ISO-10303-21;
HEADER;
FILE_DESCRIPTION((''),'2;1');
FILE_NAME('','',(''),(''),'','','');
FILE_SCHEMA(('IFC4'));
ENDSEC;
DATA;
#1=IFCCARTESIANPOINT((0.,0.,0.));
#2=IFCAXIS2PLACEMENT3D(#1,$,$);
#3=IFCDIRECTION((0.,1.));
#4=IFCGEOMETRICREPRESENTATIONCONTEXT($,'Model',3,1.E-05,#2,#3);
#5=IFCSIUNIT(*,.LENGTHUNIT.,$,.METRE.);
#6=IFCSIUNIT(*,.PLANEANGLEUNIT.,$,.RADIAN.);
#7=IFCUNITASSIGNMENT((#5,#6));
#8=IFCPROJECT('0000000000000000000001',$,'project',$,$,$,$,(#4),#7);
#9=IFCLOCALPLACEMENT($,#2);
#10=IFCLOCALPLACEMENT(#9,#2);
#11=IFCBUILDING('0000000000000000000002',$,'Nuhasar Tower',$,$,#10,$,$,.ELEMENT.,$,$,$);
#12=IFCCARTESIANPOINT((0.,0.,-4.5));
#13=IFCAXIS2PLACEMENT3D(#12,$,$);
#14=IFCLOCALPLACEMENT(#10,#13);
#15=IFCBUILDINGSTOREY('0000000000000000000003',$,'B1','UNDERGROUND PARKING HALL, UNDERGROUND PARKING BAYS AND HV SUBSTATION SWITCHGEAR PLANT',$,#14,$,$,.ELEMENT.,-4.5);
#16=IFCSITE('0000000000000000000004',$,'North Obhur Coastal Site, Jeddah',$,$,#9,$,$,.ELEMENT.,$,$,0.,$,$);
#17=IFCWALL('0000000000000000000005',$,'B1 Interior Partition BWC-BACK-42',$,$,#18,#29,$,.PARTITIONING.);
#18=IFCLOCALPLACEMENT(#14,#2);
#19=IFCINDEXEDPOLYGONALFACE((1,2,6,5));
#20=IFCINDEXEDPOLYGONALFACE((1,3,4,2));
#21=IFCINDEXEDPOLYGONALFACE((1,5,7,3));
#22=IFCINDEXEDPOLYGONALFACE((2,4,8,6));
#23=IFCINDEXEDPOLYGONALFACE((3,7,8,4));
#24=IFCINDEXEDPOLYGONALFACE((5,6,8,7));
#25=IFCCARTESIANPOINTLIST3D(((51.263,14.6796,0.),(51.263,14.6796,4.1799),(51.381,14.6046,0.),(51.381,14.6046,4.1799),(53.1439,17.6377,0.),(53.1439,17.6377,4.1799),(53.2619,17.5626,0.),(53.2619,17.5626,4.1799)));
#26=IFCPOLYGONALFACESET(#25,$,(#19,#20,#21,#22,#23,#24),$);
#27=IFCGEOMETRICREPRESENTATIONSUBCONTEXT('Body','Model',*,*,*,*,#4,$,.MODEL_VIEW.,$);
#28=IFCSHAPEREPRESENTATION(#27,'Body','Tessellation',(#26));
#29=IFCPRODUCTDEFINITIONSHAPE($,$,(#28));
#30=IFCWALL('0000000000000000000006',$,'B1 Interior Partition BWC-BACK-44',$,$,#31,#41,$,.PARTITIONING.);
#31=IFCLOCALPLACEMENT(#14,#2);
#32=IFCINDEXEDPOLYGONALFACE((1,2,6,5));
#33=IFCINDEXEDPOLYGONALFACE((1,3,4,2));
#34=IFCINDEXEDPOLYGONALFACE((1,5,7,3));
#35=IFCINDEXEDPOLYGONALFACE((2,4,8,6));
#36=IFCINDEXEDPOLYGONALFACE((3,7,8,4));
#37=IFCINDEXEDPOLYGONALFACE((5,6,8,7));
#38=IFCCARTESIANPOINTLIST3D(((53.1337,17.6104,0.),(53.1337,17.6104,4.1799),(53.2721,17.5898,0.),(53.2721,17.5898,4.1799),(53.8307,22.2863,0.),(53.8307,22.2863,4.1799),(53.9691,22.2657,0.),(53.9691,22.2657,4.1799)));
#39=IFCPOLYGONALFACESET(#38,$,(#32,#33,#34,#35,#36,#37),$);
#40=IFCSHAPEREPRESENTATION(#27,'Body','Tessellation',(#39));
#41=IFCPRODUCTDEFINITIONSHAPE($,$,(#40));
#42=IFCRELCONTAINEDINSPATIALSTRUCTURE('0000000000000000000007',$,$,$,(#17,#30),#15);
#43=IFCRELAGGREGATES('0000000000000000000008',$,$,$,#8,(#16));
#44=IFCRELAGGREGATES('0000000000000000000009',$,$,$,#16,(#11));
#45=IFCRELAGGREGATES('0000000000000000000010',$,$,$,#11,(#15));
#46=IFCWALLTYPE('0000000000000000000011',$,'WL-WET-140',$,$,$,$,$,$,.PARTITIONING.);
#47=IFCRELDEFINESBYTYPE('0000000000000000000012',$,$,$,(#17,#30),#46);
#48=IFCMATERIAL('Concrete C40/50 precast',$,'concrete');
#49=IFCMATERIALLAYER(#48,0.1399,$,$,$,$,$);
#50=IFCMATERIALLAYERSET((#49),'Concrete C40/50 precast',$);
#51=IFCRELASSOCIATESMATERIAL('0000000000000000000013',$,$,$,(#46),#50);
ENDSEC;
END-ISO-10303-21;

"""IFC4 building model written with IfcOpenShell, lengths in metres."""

from ifc_helpers import new_model, si_unit, direction, frame, frame_2d, origin, place, context, subcontext, project, spatial, rectangle, extrude, material, layer, layer_set, type_object, element, save


model = new_model("IFC4")

# Units and contexts
model_context = context("Model", 3, precision=1e-05, world=origin(), true_north=direction((0.0, 1.0)))
body_context = subcontext(model_context, "Body", "Model", "MODEL_VIEW")
ifc_project = project(units=[si_unit("LENGTHUNIT", "METRE"), si_unit("PLANEANGLEUNIT", "RADIAN")], contexts=[model_context])

# Site, building, storey
site_placement = place(None, origin())
site = spatial("IfcSite", under=ifc_project, at=site_placement, Name="North Obhur Coastal Site, Jeddah", CompositionType="ELEMENT", RefElevation=0.0)
building_placement = place(site_placement, origin())
building = spatial("IfcBuilding", under=site, at=building_placement, Name="Nuhasar Tower", CompositionType="ELEMENT")
storey_placement = place(building_placement, frame((0.0, 0.0, -4.5)))
storey = spatial("IfcBuildingStorey", under=building, at=storey_placement, Name="B1", Description="UNDERGROUND PARKING HALL, UNDERGROUND PARKING BAYS AND HV SUBSTATION SWITCHGEAR PLANT", CompositionType="ELEMENT", Elevation=-4.5)

# Walls
ifc_material_1 = material(Name="Concrete C40/50 precast", Category="concrete")
ifc_layer_1 = layer(ifc_material_1, 0.1399)
ifc_layer_set_1 = layer_set([ifc_layer_1], Name="Concrete C40/50 precast")
wall_type_1 = type_object("IfcWallType", Name="WL-WET-140", PredefinedType="PARTITIONING", material=ifc_layer_set_1)
wall_1_placement = place(storey_placement, frame((51.322, 14.6421, 0.0), z_axis=(0.0, 0.0, 1.0), x_axis=(0.536569, 0.843856, 0.0)))
element("IfcWall", 1, at=wall_1_placement, inside=storey, type_object=wall_type_1, Name="B1 Interior Partition BWC-BACK-42", PredefinedType="PARTITIONING", context=body_context, shape_type="SweptSolid", body=[
    extrude(rectangle(XDim=3.5054, YDim=0.1399, at=frame_2d((1.7527, 0.0))), origin(), (0.0, 0.0, 1.0), 4.1799),
])
wall_2_placement = place(storey_placement, frame((53.2029, 17.6001, 0.0), z_axis=(0.0, 0.0, 1.0), x_axis=(0.147441, 0.989071, 0.0)))
element("IfcWall", 2, at=wall_2_placement, inside=storey, type_object=wall_type_1, Name="B1 Interior Partition BWC-BACK-44", PredefinedType="PARTITIONING", context=body_context, shape_type="SweptSolid", body=[
    extrude(rectangle(XDim=4.7275, YDim=0.1399, at=frame_2d((2.3638, 0.0))), origin(), (0.0, 0.0, 1.0), 4.1799),
])

save(model, "model.ifc")
